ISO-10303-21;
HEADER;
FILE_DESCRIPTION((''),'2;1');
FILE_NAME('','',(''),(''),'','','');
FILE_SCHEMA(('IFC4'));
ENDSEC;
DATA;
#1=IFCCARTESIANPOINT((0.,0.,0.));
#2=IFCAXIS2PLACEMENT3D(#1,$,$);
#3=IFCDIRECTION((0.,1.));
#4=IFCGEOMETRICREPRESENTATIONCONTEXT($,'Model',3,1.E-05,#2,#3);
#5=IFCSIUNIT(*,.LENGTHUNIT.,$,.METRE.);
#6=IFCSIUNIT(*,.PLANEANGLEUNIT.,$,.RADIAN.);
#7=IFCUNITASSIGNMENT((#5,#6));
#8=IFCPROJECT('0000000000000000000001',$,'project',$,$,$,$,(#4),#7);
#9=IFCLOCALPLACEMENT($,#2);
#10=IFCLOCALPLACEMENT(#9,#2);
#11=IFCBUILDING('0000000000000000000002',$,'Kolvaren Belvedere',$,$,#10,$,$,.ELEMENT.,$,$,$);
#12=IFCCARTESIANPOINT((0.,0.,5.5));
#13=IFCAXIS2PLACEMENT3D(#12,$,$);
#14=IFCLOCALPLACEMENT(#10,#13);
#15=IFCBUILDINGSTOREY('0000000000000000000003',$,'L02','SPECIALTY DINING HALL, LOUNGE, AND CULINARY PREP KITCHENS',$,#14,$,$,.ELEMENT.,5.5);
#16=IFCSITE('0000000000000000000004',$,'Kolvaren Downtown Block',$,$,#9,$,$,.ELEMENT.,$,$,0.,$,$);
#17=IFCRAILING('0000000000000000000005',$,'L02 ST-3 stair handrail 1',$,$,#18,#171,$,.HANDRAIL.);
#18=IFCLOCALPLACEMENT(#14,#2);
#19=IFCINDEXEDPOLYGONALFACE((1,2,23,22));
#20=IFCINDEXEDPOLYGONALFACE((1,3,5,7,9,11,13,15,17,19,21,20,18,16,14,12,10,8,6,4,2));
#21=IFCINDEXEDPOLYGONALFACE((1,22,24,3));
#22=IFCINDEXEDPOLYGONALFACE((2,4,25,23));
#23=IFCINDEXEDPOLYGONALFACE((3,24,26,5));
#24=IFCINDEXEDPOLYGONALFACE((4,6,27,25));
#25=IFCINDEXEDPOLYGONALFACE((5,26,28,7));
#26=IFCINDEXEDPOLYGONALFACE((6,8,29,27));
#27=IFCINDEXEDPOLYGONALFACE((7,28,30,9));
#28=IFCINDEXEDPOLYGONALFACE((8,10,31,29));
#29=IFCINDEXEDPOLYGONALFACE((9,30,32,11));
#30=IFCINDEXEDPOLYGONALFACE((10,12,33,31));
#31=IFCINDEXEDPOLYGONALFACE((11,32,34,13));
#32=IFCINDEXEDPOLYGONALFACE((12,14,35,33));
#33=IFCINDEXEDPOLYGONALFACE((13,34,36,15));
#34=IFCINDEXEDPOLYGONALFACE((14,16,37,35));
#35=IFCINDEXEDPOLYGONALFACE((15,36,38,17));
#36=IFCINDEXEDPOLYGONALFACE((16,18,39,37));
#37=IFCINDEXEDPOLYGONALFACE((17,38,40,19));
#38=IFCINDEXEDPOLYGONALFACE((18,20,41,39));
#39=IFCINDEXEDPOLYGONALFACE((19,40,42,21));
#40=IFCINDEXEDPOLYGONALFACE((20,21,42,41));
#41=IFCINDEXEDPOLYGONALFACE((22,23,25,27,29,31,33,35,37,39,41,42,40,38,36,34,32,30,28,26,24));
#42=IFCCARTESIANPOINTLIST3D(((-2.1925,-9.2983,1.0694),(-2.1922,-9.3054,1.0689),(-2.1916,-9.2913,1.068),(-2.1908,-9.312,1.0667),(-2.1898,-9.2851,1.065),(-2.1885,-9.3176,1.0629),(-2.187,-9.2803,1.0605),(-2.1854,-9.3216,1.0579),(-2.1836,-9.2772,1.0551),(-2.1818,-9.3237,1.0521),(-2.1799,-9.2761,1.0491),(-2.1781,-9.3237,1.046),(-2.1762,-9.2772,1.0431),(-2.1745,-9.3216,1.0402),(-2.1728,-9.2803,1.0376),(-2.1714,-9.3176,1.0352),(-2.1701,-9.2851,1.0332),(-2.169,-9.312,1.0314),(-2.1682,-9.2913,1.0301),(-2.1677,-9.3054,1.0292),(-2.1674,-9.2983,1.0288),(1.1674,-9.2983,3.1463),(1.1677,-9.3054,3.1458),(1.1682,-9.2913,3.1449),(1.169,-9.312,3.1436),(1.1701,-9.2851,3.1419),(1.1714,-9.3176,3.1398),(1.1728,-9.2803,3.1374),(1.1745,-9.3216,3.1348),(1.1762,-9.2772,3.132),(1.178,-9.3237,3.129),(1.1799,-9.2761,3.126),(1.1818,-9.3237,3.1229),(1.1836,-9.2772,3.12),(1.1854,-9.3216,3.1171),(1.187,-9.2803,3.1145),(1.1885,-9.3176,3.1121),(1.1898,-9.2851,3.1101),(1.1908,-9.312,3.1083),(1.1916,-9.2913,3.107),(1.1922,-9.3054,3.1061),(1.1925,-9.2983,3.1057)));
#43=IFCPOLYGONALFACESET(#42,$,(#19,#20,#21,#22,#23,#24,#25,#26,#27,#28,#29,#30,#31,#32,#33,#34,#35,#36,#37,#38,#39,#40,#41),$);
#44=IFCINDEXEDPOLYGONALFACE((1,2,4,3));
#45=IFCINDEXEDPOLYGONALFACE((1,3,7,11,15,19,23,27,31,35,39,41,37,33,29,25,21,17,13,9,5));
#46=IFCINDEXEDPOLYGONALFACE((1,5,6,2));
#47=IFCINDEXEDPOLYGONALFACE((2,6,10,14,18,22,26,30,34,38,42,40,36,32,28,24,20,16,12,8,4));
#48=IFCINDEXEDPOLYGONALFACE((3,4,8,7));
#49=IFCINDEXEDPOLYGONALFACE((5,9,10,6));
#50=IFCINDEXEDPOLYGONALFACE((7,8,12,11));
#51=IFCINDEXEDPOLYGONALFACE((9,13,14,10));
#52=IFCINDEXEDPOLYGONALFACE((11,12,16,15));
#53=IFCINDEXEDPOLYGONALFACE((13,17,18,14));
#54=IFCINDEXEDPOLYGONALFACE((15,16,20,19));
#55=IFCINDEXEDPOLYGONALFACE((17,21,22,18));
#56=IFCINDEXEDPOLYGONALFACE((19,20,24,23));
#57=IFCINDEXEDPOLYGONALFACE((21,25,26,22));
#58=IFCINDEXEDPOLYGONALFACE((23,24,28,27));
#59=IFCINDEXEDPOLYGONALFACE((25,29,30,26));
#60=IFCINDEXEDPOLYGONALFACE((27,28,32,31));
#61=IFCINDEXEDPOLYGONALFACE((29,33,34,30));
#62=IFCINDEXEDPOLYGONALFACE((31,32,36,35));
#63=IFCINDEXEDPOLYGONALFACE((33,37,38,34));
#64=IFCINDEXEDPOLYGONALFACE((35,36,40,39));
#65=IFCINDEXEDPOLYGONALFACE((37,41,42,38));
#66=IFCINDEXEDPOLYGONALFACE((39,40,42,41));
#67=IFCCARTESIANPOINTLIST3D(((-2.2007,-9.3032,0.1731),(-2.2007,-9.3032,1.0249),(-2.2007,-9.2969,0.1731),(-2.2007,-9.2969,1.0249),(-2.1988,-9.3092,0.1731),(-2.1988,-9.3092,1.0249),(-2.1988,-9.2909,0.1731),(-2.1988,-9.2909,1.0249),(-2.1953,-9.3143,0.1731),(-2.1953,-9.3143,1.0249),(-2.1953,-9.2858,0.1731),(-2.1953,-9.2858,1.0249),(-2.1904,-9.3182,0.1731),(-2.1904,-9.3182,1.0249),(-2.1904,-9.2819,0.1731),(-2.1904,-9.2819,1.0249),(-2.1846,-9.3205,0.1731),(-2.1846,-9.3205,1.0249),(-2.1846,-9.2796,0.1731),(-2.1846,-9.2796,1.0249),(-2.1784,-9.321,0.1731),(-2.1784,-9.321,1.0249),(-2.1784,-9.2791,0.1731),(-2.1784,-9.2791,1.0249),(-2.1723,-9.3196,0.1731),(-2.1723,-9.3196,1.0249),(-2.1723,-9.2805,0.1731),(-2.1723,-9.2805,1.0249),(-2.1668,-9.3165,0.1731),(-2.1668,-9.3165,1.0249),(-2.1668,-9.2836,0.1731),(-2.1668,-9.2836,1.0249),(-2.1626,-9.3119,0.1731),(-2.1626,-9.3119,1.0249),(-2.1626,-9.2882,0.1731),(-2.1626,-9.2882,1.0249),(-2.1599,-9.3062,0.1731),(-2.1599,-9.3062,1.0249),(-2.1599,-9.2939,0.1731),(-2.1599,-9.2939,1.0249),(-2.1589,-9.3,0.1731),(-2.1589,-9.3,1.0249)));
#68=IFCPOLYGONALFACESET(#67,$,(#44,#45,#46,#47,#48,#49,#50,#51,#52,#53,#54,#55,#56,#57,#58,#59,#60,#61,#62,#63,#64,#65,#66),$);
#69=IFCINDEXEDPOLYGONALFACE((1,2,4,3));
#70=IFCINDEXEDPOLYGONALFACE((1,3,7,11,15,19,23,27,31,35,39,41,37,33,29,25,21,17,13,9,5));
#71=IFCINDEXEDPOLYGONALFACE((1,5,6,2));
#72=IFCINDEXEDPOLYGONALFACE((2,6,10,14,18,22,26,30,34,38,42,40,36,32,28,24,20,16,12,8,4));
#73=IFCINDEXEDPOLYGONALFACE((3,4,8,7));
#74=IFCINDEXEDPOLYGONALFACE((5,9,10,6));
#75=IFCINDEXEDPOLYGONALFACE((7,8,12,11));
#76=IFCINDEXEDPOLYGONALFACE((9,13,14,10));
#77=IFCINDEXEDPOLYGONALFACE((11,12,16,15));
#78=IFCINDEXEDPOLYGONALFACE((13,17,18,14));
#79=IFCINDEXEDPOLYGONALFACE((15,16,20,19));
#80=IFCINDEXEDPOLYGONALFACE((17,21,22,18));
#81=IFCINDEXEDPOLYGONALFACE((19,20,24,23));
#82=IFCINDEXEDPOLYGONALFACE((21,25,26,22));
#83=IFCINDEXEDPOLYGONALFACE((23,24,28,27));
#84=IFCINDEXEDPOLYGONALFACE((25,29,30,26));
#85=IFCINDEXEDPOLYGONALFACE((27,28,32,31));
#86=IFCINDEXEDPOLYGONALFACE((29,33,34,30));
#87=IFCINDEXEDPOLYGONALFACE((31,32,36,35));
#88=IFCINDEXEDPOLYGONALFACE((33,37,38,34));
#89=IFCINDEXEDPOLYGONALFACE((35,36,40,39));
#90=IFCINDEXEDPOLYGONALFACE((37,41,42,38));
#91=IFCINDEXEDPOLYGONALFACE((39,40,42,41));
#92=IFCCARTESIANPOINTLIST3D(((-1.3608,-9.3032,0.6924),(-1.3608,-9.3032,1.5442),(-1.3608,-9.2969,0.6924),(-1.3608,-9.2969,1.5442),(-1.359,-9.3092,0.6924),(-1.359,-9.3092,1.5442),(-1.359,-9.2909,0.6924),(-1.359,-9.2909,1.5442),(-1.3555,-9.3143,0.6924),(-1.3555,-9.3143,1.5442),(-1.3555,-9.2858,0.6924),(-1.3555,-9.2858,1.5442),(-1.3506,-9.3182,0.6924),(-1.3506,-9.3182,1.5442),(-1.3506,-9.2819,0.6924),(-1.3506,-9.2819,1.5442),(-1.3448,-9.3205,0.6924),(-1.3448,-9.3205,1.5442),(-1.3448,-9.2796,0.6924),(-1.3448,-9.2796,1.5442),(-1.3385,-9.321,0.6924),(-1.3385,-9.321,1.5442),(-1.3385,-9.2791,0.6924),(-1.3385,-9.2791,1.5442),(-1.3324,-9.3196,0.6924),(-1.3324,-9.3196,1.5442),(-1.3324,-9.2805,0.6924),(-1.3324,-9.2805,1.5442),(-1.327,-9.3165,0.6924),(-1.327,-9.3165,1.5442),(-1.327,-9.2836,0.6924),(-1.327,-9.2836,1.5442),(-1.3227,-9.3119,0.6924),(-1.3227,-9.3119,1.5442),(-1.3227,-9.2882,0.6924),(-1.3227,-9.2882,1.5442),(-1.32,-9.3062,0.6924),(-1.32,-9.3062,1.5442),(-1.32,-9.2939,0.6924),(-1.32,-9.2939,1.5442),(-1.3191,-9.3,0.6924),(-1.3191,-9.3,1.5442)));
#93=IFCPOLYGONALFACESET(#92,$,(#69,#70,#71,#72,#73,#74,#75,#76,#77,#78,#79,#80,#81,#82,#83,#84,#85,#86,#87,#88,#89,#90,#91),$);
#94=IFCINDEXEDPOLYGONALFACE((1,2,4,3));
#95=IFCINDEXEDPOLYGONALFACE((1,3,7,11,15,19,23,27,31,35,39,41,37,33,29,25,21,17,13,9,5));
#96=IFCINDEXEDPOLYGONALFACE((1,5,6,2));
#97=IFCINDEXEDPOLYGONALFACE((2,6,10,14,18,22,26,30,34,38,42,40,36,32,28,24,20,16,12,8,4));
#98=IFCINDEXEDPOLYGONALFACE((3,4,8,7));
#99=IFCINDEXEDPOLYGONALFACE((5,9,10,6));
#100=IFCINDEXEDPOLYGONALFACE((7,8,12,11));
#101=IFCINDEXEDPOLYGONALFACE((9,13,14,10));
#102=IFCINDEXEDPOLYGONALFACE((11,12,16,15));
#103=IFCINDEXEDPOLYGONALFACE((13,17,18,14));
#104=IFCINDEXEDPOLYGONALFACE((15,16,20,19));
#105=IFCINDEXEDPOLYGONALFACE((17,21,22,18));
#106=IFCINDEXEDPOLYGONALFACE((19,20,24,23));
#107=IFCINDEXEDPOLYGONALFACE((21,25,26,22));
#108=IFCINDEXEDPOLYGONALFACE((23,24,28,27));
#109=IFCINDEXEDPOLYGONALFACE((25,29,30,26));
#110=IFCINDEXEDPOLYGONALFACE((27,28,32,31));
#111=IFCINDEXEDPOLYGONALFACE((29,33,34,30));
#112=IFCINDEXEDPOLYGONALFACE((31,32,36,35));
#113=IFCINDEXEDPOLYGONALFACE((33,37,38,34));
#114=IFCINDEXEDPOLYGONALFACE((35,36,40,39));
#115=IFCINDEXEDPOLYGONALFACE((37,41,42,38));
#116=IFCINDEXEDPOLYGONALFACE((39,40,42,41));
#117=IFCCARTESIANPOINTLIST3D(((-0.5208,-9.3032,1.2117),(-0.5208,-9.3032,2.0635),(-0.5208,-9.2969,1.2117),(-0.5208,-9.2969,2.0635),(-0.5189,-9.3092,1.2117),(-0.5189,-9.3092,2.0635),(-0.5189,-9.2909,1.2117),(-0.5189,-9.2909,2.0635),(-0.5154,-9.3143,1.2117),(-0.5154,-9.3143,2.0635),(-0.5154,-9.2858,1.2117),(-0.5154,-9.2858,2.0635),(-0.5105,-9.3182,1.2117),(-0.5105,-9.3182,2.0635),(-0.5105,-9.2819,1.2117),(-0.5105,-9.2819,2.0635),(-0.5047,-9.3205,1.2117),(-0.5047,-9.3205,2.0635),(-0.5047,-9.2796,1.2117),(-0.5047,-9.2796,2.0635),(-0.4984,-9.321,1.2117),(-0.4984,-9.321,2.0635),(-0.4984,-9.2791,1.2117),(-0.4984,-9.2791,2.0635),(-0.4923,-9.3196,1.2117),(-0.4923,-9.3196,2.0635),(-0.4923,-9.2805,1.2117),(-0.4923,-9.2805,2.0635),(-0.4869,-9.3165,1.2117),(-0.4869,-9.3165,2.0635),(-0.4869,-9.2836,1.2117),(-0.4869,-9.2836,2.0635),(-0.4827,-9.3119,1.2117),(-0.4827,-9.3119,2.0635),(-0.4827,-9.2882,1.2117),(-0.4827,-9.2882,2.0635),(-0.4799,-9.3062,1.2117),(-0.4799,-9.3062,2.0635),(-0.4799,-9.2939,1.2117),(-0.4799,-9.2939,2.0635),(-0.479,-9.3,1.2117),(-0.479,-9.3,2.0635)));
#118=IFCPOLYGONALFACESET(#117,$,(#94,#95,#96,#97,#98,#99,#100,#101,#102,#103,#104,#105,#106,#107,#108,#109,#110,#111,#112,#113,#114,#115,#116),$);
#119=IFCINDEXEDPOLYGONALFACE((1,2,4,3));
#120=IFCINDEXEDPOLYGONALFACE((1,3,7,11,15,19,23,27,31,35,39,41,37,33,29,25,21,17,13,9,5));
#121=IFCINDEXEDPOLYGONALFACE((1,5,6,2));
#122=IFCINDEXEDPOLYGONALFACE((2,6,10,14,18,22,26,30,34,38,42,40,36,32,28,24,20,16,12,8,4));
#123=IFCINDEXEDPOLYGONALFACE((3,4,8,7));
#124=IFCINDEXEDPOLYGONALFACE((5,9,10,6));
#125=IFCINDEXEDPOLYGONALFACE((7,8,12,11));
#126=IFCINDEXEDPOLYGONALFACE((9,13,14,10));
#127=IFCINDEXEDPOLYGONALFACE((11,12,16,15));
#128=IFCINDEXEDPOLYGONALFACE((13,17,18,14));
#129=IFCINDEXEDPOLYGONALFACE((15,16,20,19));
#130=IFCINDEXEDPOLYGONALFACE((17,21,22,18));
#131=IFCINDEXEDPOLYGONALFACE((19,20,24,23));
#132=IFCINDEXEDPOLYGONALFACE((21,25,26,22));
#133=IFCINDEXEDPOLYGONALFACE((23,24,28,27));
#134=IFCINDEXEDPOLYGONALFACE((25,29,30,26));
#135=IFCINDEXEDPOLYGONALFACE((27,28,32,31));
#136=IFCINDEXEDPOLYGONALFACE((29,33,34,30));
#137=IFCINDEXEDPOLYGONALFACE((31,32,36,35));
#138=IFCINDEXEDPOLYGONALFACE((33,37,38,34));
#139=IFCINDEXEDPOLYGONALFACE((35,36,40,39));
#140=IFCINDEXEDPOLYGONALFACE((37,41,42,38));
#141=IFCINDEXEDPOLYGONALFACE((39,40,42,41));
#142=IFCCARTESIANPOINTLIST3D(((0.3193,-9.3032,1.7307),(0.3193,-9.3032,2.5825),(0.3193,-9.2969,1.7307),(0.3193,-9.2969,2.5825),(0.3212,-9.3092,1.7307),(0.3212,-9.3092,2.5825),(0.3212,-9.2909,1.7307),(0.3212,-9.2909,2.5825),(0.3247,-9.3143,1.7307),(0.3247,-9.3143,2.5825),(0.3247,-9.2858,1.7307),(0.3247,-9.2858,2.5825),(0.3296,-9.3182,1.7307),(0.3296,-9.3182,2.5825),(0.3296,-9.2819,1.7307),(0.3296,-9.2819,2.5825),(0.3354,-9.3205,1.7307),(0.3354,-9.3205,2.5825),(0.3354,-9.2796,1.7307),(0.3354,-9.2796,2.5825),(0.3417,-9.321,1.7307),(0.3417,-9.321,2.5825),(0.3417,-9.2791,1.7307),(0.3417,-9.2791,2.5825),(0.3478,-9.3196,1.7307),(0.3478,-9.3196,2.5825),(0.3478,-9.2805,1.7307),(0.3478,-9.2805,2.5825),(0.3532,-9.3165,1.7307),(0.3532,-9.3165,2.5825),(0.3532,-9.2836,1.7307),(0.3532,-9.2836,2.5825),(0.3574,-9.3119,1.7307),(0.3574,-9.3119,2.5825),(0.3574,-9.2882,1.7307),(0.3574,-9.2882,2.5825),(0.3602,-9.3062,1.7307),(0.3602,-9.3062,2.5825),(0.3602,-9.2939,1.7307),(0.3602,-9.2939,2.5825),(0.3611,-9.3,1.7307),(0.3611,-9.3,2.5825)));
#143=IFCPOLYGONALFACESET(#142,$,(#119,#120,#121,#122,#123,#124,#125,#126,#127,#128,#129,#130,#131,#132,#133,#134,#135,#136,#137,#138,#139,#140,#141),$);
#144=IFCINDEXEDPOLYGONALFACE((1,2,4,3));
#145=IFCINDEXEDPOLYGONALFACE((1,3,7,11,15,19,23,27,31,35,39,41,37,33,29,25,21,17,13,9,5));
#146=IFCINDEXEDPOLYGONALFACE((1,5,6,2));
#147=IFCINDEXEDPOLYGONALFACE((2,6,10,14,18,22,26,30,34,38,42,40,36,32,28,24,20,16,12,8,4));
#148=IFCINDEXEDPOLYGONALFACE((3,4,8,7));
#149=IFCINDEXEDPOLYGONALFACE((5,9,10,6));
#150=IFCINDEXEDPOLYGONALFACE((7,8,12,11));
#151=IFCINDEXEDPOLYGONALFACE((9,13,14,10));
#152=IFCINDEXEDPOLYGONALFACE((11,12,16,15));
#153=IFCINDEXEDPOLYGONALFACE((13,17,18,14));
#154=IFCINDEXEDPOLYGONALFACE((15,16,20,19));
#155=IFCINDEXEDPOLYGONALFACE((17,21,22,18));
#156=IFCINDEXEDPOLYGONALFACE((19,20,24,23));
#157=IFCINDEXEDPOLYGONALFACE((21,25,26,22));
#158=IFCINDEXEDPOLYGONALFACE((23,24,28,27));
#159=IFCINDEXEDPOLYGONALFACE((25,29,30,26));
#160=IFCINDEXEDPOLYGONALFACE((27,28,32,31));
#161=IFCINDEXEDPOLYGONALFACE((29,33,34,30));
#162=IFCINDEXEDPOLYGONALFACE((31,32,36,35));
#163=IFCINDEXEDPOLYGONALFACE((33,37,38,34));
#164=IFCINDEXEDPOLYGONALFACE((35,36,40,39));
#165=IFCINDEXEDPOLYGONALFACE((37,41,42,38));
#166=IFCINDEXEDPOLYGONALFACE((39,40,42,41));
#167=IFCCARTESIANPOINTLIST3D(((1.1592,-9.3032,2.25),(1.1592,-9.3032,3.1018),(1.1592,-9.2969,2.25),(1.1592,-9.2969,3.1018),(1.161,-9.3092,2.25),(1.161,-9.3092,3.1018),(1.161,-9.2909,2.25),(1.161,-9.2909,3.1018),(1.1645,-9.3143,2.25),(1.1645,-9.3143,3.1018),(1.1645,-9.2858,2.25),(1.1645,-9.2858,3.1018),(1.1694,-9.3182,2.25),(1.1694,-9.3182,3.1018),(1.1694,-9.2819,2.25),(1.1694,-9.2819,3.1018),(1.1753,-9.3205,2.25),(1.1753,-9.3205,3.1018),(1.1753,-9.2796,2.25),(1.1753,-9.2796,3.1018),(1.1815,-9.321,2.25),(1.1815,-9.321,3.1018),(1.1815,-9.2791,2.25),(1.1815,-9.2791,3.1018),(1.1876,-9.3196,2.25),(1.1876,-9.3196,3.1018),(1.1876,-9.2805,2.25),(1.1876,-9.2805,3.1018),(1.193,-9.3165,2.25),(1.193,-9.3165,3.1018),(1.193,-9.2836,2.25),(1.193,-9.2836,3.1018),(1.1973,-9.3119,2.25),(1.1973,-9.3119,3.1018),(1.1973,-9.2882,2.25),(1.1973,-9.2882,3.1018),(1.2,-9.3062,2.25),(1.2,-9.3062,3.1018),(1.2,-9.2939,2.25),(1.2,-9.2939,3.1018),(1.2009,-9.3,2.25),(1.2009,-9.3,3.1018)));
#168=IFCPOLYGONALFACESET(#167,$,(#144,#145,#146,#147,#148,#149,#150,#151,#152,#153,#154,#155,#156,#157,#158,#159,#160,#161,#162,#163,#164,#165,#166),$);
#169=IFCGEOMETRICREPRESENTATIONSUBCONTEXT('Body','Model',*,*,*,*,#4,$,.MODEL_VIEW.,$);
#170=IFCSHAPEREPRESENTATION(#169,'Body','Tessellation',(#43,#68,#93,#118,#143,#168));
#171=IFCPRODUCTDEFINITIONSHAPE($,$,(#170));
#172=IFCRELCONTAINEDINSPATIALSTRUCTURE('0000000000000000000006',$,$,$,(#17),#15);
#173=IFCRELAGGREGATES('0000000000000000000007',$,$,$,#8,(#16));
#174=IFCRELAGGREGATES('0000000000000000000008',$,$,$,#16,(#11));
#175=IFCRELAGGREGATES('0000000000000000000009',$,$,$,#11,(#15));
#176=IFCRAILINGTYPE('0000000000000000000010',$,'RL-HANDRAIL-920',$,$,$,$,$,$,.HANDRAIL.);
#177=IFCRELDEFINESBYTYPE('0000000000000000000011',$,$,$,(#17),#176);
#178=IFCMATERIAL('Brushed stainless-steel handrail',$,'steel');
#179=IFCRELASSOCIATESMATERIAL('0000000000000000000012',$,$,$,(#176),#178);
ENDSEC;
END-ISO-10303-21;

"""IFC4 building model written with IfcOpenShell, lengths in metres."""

from ifc_helpers import new_model, si_unit, direction, frame, origin, origin_2d, place, context, subcontext, project, spatial, circle, extrude, material, type_object, element, save


model = new_model("IFC4")

# Units and contexts
model_context = context("Model", 3, precision=1e-05, world=origin(), true_north=direction((0.0, 1.0)))
body_context = subcontext(model_context, "Body", "Model", "MODEL_VIEW")
ifc_project = project(units=[si_unit("LENGTHUNIT", "METRE"), si_unit("PLANEANGLEUNIT", "RADIAN")], contexts=[model_context])

# Site, building, storey
site_placement = place(None, origin())
site = spatial("IfcSite", under=ifc_project, at=site_placement, Name="Kolvaren Downtown Block", CompositionType="ELEMENT", RefElevation=0.0)
building_placement = place(site_placement, origin())
building = spatial("IfcBuilding", under=site, at=building_placement, Name="Kolvaren Belvedere", CompositionType="ELEMENT")
storey_placement = place(building_placement, frame((0.0, 0.0, 5.5)))
storey = spatial("IfcBuildingStorey", under=building, at=storey_placement, Name="L02", Description="SPECIALTY DINING HALL, LOUNGE, AND CULINARY PREP KITCHENS", CompositionType="ELEMENT", Elevation=5.5)

# Railing
ifc_material_1 = material(Name="Brushed stainless-steel handrail", Category="steel")
railing_type_1 = type_object("IfcRailingType", Name="RL-HANDRAIL-920", PredefinedType="HANDRAIL", material=ifc_material_1)
railing_1_placement = place(storey_placement, frame((-2.1799, -9.3, 0.1731)))
element("IfcRailing", 1, at=railing_1_placement, inside=storey, type_object=railing_type_1, Name="L02 ST-3 stair handrail 1", PredefinedType="HANDRAIL", context=body_context, shape_type="SweptSolid", body=[
    extrude(circle(Radius=0.0239, at=origin_2d()), frame((0.0, 0.0, 0.876), z_axis=(0.850606, 0.0, 0.525803), x_axis=(0.0, 1.0, 0.0)), (0.0, 0.0, 1.0), 3.95),
    extrude(circle(Radius=0.021, at=origin_2d()), origin(), (0.0, 0.0, 1.0), 0.8518),
    extrude(circle(Radius=0.021, at=origin_2d()), frame((0.8398, 0.0, 0.5193)), (0.0, 0.0, 1.0), 0.8518),
    extrude(circle(Radius=0.021, at=origin_2d()), frame((1.6799, 0.0, 1.0386)), (0.0, 0.0, 1.0), 0.8518),
    extrude(circle(Radius=0.021, at=origin_2d()), frame((2.52, 0.0, 1.5576)), (0.0, 0.0, 1.0), 0.8518),
    extrude(circle(Radius=0.021, at=origin_2d()), frame((3.3599, 0.0, 2.0769)), (0.0, 0.0, 1.0), 0.8518),
])

save(model, "model.ifc")
